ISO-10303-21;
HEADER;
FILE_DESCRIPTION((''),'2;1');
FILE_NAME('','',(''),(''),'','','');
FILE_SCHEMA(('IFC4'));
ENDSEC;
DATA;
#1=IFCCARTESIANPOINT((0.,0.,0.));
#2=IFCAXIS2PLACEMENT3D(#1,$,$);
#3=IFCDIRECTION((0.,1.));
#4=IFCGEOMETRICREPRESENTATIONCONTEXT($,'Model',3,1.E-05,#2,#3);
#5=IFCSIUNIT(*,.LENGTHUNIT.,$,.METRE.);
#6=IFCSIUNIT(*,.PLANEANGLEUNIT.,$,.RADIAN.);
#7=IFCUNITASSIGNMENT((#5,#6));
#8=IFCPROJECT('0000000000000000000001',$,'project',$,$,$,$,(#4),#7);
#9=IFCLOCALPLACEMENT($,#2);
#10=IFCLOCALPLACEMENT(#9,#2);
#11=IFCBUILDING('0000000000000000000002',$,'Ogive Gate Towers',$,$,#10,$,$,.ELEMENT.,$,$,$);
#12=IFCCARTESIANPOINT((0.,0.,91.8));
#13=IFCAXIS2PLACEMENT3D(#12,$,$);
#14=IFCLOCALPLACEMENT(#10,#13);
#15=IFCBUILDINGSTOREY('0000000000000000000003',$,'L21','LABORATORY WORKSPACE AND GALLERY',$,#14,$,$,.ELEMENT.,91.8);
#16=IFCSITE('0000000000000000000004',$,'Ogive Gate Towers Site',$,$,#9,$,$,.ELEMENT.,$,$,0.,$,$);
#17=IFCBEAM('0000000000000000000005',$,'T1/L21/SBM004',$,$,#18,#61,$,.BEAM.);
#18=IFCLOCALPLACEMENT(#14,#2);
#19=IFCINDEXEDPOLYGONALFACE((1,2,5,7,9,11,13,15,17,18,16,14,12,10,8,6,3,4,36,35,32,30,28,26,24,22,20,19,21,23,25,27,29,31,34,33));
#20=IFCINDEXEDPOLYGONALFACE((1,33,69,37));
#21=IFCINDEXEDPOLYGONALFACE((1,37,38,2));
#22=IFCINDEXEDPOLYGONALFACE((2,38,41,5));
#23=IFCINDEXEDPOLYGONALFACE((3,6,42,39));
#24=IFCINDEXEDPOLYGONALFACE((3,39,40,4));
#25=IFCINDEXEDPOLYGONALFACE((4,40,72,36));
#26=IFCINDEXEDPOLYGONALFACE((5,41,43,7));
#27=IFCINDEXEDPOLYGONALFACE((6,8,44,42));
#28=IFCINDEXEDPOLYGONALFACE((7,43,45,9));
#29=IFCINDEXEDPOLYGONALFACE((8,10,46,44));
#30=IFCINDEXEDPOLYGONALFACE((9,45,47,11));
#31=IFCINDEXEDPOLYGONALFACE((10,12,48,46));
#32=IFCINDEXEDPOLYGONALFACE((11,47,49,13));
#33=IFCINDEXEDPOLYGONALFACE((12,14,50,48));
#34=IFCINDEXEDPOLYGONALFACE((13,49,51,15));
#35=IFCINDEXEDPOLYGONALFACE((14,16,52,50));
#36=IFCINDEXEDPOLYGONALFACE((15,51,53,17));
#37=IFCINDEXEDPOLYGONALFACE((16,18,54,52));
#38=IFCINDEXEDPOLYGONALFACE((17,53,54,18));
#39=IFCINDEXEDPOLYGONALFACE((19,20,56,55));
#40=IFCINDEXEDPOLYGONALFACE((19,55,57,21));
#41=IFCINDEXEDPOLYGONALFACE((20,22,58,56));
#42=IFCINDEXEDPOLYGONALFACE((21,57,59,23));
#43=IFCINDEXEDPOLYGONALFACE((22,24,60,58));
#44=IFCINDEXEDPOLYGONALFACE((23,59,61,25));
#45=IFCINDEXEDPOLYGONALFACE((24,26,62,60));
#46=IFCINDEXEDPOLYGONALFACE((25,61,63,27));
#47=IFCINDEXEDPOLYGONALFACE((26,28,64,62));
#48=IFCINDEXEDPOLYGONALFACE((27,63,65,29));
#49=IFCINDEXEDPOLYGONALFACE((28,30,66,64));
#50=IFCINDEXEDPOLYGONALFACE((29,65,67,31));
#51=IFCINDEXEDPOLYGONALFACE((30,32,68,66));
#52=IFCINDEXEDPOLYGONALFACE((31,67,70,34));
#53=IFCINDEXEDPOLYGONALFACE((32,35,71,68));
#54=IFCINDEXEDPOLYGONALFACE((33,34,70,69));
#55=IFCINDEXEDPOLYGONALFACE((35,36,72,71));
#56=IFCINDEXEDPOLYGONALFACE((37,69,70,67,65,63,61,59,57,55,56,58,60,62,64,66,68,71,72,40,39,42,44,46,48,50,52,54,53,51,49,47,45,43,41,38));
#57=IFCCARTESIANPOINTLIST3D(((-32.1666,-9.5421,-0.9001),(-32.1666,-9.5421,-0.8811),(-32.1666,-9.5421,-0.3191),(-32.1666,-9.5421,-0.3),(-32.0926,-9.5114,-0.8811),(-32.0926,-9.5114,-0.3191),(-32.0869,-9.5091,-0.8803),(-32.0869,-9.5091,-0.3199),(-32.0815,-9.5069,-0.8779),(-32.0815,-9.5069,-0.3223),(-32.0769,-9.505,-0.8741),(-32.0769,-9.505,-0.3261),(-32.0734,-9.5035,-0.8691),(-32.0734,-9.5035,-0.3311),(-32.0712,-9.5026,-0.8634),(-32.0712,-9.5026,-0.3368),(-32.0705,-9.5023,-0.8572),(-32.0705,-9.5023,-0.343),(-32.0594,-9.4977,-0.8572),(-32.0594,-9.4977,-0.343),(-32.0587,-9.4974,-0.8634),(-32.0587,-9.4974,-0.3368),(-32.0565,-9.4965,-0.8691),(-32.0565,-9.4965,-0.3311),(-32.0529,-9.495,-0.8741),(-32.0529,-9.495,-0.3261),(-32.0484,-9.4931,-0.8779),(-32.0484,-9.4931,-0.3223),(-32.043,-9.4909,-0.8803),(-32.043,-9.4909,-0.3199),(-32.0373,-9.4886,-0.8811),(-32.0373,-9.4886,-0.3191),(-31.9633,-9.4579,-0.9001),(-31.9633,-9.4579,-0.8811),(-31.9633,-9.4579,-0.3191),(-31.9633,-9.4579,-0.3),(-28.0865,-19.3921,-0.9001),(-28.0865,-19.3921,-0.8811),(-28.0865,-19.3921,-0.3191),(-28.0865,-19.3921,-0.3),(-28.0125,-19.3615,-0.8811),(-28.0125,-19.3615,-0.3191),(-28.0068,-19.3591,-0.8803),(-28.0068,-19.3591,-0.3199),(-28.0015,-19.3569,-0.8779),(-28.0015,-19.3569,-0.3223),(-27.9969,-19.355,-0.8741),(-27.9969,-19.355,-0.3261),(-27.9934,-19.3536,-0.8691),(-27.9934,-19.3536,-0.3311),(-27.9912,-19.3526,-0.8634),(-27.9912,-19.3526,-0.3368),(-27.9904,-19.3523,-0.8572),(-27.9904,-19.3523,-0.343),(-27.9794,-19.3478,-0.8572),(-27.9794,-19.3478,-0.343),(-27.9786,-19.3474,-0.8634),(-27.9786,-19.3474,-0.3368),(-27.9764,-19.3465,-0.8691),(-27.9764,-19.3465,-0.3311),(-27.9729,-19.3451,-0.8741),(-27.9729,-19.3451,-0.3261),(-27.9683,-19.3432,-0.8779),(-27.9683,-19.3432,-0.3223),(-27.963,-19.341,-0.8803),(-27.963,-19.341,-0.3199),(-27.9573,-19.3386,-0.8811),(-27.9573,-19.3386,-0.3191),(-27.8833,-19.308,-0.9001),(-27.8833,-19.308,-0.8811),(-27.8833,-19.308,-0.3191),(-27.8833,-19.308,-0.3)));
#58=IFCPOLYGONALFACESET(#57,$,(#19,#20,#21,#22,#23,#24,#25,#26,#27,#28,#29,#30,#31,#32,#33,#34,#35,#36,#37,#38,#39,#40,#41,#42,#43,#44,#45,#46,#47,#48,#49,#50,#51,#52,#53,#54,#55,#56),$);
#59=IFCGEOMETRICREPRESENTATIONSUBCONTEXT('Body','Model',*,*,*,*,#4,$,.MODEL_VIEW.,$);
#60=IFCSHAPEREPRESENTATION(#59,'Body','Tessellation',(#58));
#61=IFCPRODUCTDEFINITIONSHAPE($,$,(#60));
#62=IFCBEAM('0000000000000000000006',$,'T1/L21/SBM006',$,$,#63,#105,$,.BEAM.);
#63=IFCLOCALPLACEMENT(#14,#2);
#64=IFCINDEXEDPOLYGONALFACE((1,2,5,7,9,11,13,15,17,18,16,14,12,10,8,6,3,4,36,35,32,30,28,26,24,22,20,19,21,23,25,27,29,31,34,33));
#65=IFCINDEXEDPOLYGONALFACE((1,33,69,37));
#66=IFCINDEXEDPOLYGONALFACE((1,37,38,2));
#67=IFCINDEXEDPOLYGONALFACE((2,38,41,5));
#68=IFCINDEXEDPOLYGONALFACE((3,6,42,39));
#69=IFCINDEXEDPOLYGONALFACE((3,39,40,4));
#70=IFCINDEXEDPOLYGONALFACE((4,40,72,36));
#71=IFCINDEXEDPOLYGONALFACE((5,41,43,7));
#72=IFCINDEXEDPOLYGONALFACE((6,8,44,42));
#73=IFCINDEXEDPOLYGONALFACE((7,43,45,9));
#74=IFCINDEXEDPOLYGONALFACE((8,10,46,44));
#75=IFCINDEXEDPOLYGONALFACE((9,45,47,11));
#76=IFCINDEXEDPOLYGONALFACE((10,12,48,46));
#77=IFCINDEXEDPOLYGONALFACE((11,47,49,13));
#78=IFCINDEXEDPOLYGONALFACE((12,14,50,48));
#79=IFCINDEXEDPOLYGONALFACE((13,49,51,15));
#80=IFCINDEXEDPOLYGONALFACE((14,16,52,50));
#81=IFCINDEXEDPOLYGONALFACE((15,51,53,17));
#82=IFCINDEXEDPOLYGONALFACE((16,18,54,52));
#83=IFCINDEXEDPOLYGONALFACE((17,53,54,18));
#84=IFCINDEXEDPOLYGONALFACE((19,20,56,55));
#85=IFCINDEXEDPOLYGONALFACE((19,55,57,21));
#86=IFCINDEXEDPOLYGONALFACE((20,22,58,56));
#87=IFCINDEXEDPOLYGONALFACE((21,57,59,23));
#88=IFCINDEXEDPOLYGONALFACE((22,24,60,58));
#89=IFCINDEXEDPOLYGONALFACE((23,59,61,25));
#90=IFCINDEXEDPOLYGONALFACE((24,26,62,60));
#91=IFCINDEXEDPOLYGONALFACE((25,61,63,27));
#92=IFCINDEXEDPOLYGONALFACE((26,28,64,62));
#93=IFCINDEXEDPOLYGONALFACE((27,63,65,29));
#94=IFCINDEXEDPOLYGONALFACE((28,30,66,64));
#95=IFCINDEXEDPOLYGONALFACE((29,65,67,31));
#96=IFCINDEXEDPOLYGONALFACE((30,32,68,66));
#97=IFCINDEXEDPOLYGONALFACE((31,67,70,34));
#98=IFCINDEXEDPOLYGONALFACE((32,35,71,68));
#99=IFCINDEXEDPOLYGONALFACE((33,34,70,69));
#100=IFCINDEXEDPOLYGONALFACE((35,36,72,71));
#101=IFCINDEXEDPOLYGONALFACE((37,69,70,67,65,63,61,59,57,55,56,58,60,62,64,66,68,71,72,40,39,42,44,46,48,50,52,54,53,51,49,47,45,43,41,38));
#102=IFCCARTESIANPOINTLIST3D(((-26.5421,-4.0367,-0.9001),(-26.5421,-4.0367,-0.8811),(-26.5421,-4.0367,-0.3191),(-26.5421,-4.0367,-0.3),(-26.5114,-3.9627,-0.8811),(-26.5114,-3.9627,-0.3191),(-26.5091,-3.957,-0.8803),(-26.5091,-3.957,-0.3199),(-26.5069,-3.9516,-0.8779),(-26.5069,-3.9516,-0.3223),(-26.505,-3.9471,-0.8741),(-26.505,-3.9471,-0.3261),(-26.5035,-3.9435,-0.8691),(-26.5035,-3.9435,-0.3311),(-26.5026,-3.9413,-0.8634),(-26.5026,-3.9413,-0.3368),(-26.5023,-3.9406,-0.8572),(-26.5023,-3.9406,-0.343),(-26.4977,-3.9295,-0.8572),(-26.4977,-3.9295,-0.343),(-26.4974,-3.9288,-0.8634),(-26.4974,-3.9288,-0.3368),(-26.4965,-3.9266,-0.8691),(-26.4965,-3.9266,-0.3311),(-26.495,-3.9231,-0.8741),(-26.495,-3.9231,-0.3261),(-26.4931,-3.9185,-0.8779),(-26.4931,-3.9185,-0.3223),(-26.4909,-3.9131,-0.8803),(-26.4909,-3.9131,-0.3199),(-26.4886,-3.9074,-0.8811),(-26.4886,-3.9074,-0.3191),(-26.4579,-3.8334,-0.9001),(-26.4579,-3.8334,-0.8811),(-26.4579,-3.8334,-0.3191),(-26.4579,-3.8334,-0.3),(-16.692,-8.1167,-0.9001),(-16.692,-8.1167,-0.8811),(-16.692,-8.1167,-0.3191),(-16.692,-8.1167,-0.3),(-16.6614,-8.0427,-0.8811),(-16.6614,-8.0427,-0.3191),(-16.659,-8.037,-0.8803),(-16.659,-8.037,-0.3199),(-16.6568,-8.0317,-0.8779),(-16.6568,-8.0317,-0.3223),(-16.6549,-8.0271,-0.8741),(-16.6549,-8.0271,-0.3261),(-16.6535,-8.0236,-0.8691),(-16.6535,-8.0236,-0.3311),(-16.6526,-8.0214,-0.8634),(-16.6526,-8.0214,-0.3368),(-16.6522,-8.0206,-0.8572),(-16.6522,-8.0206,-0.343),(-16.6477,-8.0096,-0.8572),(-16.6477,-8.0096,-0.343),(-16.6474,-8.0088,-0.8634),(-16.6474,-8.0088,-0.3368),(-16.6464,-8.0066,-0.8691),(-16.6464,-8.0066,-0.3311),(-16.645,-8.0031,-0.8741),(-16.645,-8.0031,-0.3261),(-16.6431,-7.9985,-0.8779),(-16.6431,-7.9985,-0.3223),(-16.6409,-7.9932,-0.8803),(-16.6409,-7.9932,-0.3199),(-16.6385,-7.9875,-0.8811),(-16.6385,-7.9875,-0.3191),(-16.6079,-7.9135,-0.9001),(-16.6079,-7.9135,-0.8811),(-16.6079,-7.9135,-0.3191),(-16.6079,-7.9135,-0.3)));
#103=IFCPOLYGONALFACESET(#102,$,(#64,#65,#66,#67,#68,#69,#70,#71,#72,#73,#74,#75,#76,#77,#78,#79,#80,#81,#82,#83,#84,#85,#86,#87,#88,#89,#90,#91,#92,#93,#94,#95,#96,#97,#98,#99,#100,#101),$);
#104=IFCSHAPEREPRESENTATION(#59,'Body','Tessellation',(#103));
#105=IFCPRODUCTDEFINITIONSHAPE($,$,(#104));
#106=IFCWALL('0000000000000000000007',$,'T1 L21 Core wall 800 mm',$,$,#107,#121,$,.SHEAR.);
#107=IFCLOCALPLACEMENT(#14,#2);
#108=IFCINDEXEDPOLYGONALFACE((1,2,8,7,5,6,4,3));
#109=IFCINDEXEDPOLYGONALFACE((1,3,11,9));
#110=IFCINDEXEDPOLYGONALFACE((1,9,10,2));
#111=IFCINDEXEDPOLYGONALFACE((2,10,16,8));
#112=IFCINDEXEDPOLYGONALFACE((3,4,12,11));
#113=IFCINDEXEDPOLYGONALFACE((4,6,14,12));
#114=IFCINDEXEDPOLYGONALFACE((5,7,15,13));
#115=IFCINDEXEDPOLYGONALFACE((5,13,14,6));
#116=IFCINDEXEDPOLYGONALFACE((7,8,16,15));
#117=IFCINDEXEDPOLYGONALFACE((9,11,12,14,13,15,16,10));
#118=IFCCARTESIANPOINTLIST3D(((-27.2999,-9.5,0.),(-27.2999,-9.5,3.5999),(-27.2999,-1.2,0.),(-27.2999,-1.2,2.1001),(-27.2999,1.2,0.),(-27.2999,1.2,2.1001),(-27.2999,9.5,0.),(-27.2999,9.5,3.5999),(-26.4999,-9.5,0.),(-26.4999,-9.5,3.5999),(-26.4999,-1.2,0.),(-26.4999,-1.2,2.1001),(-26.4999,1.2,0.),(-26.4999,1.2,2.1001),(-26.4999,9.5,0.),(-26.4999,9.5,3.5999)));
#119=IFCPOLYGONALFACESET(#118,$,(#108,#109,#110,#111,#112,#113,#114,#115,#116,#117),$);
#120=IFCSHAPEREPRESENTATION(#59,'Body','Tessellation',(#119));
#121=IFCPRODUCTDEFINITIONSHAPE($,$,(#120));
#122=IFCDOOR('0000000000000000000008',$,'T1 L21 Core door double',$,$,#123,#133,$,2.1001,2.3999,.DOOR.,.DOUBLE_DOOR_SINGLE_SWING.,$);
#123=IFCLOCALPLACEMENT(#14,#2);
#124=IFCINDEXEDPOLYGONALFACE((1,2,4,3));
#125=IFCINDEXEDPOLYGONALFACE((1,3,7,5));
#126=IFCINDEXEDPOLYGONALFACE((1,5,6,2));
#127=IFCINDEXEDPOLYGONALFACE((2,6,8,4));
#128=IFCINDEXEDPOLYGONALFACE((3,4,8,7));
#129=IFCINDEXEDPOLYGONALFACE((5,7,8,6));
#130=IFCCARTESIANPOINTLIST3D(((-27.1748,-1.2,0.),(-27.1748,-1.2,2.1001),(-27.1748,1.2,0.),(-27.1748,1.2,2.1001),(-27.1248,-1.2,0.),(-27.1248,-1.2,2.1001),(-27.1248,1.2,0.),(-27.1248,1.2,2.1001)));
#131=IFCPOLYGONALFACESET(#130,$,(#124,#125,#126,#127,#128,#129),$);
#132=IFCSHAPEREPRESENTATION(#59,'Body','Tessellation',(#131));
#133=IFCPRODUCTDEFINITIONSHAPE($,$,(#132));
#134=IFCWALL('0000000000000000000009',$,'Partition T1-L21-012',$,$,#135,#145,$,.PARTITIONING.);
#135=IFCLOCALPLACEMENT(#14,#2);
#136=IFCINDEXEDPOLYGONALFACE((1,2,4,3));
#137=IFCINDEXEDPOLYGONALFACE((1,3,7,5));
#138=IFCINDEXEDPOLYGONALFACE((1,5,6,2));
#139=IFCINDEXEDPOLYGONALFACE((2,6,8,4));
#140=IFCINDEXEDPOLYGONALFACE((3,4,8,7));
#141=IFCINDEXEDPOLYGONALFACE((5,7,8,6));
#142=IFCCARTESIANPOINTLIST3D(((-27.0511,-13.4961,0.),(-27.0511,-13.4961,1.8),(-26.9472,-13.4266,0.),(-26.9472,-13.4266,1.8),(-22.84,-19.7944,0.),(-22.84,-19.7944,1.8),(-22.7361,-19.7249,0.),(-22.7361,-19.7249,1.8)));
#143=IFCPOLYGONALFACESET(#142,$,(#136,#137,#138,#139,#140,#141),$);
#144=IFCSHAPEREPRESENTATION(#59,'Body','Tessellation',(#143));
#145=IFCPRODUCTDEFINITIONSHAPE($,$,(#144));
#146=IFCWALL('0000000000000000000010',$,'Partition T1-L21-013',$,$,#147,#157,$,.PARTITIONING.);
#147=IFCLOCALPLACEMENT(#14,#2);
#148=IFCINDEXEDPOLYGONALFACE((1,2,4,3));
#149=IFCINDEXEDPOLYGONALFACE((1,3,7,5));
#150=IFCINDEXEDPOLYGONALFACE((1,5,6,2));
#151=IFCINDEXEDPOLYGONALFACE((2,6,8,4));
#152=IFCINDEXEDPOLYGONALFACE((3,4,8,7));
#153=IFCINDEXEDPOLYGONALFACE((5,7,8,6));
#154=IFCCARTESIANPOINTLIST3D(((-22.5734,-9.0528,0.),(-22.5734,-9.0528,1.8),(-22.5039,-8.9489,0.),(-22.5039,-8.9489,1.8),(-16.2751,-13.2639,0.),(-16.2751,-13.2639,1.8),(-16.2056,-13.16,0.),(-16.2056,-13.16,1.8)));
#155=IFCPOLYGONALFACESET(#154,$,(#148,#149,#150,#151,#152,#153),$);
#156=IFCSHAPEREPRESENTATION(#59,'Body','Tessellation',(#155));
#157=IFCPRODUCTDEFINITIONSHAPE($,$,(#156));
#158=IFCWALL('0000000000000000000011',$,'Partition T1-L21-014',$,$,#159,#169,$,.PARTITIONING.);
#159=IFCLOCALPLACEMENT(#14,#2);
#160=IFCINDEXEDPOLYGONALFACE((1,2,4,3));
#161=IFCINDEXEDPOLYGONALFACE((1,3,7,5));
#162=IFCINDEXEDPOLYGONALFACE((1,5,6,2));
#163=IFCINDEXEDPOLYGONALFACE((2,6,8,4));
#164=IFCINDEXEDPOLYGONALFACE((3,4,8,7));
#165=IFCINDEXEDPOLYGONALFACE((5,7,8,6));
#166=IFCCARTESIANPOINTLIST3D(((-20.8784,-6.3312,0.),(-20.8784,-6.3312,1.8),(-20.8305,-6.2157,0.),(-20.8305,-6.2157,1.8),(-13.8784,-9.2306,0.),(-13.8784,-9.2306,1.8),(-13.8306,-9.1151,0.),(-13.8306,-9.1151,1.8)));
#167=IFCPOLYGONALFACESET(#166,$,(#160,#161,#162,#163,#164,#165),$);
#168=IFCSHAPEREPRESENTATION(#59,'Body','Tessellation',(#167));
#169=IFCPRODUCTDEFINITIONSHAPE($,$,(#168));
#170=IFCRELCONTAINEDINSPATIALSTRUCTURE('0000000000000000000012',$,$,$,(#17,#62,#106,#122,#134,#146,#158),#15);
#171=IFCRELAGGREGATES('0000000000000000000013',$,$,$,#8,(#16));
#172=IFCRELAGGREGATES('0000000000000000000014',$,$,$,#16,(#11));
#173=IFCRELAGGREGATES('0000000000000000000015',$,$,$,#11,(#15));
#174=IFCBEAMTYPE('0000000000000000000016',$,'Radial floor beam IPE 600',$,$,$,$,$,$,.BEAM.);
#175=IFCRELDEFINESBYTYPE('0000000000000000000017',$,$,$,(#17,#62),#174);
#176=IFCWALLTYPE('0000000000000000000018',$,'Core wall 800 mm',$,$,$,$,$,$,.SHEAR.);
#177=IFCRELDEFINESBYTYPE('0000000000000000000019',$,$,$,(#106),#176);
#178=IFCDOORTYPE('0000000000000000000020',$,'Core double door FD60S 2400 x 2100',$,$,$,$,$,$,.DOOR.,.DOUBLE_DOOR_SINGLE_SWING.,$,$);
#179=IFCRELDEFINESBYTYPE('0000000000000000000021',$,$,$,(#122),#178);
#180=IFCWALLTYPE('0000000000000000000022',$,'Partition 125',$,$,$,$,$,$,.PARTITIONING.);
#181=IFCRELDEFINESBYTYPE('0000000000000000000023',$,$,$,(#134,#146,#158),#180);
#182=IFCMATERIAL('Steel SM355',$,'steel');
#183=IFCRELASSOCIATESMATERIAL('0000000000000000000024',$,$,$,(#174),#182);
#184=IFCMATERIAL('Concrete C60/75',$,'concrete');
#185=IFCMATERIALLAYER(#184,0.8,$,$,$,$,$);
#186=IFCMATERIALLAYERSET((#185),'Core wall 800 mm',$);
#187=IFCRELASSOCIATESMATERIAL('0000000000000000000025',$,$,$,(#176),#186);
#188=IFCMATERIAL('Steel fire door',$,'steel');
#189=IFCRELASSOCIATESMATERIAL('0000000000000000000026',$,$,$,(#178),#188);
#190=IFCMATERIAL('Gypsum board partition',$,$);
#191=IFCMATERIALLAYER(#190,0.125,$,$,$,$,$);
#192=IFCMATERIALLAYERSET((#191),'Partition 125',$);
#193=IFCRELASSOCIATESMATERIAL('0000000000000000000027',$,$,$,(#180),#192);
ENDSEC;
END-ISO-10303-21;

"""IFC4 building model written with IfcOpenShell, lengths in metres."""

from ifc_helpers import new_model, si_unit, direction, frame, frame_2d, origin, origin_2d, place, context, subcontext, project, spatial, rectangle, i_section, extrude, material, layer, layer_set, material_profile, profile_set, type_object, element, fill, save


model = new_model("IFC4")

# Units and contexts
model_context = context("Model", 3, precision=1e-05, world=origin(), true_north=direction((0.0, 1.0)))
body_context = subcontext(model_context, "Body", "Model", "MODEL_VIEW")
ifc_project = project(units=[si_unit("LENGTHUNIT", "METRE"), si_unit("PLANEANGLEUNIT", "RADIAN")], contexts=[model_context])

# Site, building, storey
site_placement = place(None, origin())
site = spatial("IfcSite", under=ifc_project, at=site_placement, Name="Ogive Gate Towers Site", CompositionType="ELEMENT", RefElevation=0.0)
building_placement = place(site_placement, origin())
building = spatial("IfcBuilding", under=site, at=building_placement, Name="Ogive Gate Towers", CompositionType="ELEMENT")
storey_placement = place(building_placement, frame((0.0, 0.0, 91.8)))
storey = spatial("IfcBuildingStorey", under=building, at=storey_placement, Name="L21", Description="LABORATORY WORKSPACE AND GALLERY", CompositionType="ELEMENT", Elevation=91.8)

# Beams
ifc_material_1 = material(Name="Steel SM355", Category="steel")
ifc_material_profile_1 = material_profile(ifc_material_1, i_section(OverallWidth=0.22, OverallDepth=0.6001, WebThickness=0.012, FlangeThickness=0.019, FilletRadius=0.0239, at=origin_2d()), Name="IPE 600")
ifc_profile_set_1 = profile_set([ifc_material_profile_1], Name="Steel SM355")
beam_type_1 = type_object("IfcBeamType", Name="Radial floor beam IPE 600", PredefinedType="BEAM", material=ifc_profile_set_1)
for number, where, z_axis, x_axis, name in (
    (1, (-32.0649, -9.5, -0.6001), (0.382686, -0.923878, 0.0), (0.923878, 0.382686, 0.0), "T1/L21/SBM004"),
    (2, (-26.5, -3.9351, -0.6001), (0.923878, -0.382686, 0.0), (0.382686, 0.923878, 0.0), "T1/L21/SBM006"),
):
    element("IfcBeam", number, at=place(storey_placement, frame(where, z_axis=z_axis, x_axis=x_axis)), inside=storey, type_object=beam_type_1, Name=name, PredefinedType="BEAM", context=body_context, shape_type="SweptSolid", body=[
        extrude(i_section(OverallWidth=0.22, OverallDepth=0.6001, WebThickness=0.012, FlangeThickness=0.019, FilletRadius=0.0239, at=origin_2d()), origin(), (0.0, 0.0, 1.0), 10.6616),
    ])

# Wall, opening, door
ifc_material_2 = material(Name="Concrete C60/75", Category="concrete")
ifc_layer_1 = layer(ifc_material_2, 0.8)
ifc_layer_set_1 = layer_set([ifc_layer_1], Name="Core wall 800 mm")
wall_type_1 = type_object("IfcWallType", Name="Core wall 800 mm", PredefinedType="SHEAR", material=ifc_layer_set_1)
wall_1_placement = place(storey_placement, frame((-26.8999, -9.5, 0.0), z_axis=(0.0, 0.0, 1.0), x_axis=(0.0, 1.0, 0.0)))
wall_1 = element("IfcWall", 3, at=wall_1_placement, inside=storey, type_object=wall_type_1, Name="T1 L21 Core wall 800 mm", PredefinedType="SHEAR", context=body_context, shape_type="SweptSolid", body=[
    extrude(rectangle(XDim=19.0, YDim=0.8, at=frame_2d((9.5, 0.0))), origin(), (0.0, 0.0, 1.0), 3.5999),
])
opening_1_placement = place(wall_1_placement, frame((8.3, 0.0, 0.0)))
opening_1 = element("IfcOpeningElement", 4, at=opening_1_placement, cuts=wall_1, PredefinedType="OPENING", context=body_context, shape_type="SweptSolid", body=[
    extrude(rectangle(XDim=2.3999, YDim=2.1001, at=frame_2d((1.2, 1.05))), frame((0.0, 0.4102, 0.0), z_axis=(0.0, -1.0, 0.0), x_axis=(1.0, 0.0, 0.0)), (0.0, 0.0, 1.0), 0.8201),
])
ifc_material_3 = material(Name="Steel fire door", Category="steel")
door_type_1 = type_object("IfcDoorType", Name="Core double door FD60S 2400 x 2100", OperationType="DOUBLE_DOOR_SINGLE_SWING", PredefinedType="DOOR", material=ifc_material_3)
door_1_placement = place(opening_1_placement, origin())
door_1 = element("IfcDoor", 5, at=door_1_placement, inside=storey, type_object=door_type_1, Name="T1 L21 Core door double", OperationType="DOUBLE_DOOR_SINGLE_SWING", OverallHeight=2.1001, OverallWidth=2.3999, PredefinedType="DOOR", context=body_context, shape_type="SweptSolid", body=[
    extrude(rectangle(XDim=2.3999, YDim=2.1001, at=frame_2d((1.2, 1.05))), frame((0.0, 0.2749, 0.0), z_axis=(0.0, -1.0, 0.0), x_axis=(1.0, 0.0, 0.0)), (0.0, 0.0, 1.0), 0.05),
])
fill(opening_1, door_1)

# Walls
ifc_material_4 = material(Name="Gypsum board partition")
ifc_layer_2 = layer(ifc_material_4, 0.125)
ifc_layer_set_2 = layer_set([ifc_layer_2], Name="Partition 125")
wall_type_2 = type_object("IfcWallType", Name="Partition 125", PredefinedType="PARTITIONING", material=ifc_layer_set_2)
for number, where, z_axis, x_axis, name in (
    (6, (-22.7881, -19.7595, 0.0), (0.0, 0.0, 1.0), (-0.555823, 0.831301, 0.0), "Partition T1-L21-012"),
    (7, (-16.2405, -13.2119, 0.0), (0.0, 0.0, 1.0), (-0.831301, 0.555823, 0.0), "Partition T1-L21-013"),
):
    element("IfcWall", number, at=place(storey_placement, frame(where, z_axis=z_axis, x_axis=x_axis)), inside=storey, type_object=wall_type_2, Name=name, PredefinedType="PARTITIONING", context=body_context, shape_type="SweptSolid", body=[
        extrude(rectangle(XDim=7.5764, YDim=0.125, at=frame_2d((3.7881, 0.0))), origin(), (0.0, 0.0, 1.0), 1.8),
    ])
wall_2_placement = place(storey_placement, frame((-13.8545, -9.1729, 0.0), z_axis=(0.0, 0.0, 1.0), x_axis=(-0.923883, 0.382674, 0.0)))
element("IfcWall", 8, at=wall_2_placement, inside=storey, type_object=wall_type_2, Name="Partition T1-L21-014", PredefinedType="PARTITIONING", context=body_context, shape_type="SweptSolid", body=[
    extrude(rectangle(XDim=7.5767, YDim=0.125, at=frame_2d((3.7883, 0.0))), origin(), (0.0, 0.0, 1.0), 1.8),
])

save(model, "model.ifc")
